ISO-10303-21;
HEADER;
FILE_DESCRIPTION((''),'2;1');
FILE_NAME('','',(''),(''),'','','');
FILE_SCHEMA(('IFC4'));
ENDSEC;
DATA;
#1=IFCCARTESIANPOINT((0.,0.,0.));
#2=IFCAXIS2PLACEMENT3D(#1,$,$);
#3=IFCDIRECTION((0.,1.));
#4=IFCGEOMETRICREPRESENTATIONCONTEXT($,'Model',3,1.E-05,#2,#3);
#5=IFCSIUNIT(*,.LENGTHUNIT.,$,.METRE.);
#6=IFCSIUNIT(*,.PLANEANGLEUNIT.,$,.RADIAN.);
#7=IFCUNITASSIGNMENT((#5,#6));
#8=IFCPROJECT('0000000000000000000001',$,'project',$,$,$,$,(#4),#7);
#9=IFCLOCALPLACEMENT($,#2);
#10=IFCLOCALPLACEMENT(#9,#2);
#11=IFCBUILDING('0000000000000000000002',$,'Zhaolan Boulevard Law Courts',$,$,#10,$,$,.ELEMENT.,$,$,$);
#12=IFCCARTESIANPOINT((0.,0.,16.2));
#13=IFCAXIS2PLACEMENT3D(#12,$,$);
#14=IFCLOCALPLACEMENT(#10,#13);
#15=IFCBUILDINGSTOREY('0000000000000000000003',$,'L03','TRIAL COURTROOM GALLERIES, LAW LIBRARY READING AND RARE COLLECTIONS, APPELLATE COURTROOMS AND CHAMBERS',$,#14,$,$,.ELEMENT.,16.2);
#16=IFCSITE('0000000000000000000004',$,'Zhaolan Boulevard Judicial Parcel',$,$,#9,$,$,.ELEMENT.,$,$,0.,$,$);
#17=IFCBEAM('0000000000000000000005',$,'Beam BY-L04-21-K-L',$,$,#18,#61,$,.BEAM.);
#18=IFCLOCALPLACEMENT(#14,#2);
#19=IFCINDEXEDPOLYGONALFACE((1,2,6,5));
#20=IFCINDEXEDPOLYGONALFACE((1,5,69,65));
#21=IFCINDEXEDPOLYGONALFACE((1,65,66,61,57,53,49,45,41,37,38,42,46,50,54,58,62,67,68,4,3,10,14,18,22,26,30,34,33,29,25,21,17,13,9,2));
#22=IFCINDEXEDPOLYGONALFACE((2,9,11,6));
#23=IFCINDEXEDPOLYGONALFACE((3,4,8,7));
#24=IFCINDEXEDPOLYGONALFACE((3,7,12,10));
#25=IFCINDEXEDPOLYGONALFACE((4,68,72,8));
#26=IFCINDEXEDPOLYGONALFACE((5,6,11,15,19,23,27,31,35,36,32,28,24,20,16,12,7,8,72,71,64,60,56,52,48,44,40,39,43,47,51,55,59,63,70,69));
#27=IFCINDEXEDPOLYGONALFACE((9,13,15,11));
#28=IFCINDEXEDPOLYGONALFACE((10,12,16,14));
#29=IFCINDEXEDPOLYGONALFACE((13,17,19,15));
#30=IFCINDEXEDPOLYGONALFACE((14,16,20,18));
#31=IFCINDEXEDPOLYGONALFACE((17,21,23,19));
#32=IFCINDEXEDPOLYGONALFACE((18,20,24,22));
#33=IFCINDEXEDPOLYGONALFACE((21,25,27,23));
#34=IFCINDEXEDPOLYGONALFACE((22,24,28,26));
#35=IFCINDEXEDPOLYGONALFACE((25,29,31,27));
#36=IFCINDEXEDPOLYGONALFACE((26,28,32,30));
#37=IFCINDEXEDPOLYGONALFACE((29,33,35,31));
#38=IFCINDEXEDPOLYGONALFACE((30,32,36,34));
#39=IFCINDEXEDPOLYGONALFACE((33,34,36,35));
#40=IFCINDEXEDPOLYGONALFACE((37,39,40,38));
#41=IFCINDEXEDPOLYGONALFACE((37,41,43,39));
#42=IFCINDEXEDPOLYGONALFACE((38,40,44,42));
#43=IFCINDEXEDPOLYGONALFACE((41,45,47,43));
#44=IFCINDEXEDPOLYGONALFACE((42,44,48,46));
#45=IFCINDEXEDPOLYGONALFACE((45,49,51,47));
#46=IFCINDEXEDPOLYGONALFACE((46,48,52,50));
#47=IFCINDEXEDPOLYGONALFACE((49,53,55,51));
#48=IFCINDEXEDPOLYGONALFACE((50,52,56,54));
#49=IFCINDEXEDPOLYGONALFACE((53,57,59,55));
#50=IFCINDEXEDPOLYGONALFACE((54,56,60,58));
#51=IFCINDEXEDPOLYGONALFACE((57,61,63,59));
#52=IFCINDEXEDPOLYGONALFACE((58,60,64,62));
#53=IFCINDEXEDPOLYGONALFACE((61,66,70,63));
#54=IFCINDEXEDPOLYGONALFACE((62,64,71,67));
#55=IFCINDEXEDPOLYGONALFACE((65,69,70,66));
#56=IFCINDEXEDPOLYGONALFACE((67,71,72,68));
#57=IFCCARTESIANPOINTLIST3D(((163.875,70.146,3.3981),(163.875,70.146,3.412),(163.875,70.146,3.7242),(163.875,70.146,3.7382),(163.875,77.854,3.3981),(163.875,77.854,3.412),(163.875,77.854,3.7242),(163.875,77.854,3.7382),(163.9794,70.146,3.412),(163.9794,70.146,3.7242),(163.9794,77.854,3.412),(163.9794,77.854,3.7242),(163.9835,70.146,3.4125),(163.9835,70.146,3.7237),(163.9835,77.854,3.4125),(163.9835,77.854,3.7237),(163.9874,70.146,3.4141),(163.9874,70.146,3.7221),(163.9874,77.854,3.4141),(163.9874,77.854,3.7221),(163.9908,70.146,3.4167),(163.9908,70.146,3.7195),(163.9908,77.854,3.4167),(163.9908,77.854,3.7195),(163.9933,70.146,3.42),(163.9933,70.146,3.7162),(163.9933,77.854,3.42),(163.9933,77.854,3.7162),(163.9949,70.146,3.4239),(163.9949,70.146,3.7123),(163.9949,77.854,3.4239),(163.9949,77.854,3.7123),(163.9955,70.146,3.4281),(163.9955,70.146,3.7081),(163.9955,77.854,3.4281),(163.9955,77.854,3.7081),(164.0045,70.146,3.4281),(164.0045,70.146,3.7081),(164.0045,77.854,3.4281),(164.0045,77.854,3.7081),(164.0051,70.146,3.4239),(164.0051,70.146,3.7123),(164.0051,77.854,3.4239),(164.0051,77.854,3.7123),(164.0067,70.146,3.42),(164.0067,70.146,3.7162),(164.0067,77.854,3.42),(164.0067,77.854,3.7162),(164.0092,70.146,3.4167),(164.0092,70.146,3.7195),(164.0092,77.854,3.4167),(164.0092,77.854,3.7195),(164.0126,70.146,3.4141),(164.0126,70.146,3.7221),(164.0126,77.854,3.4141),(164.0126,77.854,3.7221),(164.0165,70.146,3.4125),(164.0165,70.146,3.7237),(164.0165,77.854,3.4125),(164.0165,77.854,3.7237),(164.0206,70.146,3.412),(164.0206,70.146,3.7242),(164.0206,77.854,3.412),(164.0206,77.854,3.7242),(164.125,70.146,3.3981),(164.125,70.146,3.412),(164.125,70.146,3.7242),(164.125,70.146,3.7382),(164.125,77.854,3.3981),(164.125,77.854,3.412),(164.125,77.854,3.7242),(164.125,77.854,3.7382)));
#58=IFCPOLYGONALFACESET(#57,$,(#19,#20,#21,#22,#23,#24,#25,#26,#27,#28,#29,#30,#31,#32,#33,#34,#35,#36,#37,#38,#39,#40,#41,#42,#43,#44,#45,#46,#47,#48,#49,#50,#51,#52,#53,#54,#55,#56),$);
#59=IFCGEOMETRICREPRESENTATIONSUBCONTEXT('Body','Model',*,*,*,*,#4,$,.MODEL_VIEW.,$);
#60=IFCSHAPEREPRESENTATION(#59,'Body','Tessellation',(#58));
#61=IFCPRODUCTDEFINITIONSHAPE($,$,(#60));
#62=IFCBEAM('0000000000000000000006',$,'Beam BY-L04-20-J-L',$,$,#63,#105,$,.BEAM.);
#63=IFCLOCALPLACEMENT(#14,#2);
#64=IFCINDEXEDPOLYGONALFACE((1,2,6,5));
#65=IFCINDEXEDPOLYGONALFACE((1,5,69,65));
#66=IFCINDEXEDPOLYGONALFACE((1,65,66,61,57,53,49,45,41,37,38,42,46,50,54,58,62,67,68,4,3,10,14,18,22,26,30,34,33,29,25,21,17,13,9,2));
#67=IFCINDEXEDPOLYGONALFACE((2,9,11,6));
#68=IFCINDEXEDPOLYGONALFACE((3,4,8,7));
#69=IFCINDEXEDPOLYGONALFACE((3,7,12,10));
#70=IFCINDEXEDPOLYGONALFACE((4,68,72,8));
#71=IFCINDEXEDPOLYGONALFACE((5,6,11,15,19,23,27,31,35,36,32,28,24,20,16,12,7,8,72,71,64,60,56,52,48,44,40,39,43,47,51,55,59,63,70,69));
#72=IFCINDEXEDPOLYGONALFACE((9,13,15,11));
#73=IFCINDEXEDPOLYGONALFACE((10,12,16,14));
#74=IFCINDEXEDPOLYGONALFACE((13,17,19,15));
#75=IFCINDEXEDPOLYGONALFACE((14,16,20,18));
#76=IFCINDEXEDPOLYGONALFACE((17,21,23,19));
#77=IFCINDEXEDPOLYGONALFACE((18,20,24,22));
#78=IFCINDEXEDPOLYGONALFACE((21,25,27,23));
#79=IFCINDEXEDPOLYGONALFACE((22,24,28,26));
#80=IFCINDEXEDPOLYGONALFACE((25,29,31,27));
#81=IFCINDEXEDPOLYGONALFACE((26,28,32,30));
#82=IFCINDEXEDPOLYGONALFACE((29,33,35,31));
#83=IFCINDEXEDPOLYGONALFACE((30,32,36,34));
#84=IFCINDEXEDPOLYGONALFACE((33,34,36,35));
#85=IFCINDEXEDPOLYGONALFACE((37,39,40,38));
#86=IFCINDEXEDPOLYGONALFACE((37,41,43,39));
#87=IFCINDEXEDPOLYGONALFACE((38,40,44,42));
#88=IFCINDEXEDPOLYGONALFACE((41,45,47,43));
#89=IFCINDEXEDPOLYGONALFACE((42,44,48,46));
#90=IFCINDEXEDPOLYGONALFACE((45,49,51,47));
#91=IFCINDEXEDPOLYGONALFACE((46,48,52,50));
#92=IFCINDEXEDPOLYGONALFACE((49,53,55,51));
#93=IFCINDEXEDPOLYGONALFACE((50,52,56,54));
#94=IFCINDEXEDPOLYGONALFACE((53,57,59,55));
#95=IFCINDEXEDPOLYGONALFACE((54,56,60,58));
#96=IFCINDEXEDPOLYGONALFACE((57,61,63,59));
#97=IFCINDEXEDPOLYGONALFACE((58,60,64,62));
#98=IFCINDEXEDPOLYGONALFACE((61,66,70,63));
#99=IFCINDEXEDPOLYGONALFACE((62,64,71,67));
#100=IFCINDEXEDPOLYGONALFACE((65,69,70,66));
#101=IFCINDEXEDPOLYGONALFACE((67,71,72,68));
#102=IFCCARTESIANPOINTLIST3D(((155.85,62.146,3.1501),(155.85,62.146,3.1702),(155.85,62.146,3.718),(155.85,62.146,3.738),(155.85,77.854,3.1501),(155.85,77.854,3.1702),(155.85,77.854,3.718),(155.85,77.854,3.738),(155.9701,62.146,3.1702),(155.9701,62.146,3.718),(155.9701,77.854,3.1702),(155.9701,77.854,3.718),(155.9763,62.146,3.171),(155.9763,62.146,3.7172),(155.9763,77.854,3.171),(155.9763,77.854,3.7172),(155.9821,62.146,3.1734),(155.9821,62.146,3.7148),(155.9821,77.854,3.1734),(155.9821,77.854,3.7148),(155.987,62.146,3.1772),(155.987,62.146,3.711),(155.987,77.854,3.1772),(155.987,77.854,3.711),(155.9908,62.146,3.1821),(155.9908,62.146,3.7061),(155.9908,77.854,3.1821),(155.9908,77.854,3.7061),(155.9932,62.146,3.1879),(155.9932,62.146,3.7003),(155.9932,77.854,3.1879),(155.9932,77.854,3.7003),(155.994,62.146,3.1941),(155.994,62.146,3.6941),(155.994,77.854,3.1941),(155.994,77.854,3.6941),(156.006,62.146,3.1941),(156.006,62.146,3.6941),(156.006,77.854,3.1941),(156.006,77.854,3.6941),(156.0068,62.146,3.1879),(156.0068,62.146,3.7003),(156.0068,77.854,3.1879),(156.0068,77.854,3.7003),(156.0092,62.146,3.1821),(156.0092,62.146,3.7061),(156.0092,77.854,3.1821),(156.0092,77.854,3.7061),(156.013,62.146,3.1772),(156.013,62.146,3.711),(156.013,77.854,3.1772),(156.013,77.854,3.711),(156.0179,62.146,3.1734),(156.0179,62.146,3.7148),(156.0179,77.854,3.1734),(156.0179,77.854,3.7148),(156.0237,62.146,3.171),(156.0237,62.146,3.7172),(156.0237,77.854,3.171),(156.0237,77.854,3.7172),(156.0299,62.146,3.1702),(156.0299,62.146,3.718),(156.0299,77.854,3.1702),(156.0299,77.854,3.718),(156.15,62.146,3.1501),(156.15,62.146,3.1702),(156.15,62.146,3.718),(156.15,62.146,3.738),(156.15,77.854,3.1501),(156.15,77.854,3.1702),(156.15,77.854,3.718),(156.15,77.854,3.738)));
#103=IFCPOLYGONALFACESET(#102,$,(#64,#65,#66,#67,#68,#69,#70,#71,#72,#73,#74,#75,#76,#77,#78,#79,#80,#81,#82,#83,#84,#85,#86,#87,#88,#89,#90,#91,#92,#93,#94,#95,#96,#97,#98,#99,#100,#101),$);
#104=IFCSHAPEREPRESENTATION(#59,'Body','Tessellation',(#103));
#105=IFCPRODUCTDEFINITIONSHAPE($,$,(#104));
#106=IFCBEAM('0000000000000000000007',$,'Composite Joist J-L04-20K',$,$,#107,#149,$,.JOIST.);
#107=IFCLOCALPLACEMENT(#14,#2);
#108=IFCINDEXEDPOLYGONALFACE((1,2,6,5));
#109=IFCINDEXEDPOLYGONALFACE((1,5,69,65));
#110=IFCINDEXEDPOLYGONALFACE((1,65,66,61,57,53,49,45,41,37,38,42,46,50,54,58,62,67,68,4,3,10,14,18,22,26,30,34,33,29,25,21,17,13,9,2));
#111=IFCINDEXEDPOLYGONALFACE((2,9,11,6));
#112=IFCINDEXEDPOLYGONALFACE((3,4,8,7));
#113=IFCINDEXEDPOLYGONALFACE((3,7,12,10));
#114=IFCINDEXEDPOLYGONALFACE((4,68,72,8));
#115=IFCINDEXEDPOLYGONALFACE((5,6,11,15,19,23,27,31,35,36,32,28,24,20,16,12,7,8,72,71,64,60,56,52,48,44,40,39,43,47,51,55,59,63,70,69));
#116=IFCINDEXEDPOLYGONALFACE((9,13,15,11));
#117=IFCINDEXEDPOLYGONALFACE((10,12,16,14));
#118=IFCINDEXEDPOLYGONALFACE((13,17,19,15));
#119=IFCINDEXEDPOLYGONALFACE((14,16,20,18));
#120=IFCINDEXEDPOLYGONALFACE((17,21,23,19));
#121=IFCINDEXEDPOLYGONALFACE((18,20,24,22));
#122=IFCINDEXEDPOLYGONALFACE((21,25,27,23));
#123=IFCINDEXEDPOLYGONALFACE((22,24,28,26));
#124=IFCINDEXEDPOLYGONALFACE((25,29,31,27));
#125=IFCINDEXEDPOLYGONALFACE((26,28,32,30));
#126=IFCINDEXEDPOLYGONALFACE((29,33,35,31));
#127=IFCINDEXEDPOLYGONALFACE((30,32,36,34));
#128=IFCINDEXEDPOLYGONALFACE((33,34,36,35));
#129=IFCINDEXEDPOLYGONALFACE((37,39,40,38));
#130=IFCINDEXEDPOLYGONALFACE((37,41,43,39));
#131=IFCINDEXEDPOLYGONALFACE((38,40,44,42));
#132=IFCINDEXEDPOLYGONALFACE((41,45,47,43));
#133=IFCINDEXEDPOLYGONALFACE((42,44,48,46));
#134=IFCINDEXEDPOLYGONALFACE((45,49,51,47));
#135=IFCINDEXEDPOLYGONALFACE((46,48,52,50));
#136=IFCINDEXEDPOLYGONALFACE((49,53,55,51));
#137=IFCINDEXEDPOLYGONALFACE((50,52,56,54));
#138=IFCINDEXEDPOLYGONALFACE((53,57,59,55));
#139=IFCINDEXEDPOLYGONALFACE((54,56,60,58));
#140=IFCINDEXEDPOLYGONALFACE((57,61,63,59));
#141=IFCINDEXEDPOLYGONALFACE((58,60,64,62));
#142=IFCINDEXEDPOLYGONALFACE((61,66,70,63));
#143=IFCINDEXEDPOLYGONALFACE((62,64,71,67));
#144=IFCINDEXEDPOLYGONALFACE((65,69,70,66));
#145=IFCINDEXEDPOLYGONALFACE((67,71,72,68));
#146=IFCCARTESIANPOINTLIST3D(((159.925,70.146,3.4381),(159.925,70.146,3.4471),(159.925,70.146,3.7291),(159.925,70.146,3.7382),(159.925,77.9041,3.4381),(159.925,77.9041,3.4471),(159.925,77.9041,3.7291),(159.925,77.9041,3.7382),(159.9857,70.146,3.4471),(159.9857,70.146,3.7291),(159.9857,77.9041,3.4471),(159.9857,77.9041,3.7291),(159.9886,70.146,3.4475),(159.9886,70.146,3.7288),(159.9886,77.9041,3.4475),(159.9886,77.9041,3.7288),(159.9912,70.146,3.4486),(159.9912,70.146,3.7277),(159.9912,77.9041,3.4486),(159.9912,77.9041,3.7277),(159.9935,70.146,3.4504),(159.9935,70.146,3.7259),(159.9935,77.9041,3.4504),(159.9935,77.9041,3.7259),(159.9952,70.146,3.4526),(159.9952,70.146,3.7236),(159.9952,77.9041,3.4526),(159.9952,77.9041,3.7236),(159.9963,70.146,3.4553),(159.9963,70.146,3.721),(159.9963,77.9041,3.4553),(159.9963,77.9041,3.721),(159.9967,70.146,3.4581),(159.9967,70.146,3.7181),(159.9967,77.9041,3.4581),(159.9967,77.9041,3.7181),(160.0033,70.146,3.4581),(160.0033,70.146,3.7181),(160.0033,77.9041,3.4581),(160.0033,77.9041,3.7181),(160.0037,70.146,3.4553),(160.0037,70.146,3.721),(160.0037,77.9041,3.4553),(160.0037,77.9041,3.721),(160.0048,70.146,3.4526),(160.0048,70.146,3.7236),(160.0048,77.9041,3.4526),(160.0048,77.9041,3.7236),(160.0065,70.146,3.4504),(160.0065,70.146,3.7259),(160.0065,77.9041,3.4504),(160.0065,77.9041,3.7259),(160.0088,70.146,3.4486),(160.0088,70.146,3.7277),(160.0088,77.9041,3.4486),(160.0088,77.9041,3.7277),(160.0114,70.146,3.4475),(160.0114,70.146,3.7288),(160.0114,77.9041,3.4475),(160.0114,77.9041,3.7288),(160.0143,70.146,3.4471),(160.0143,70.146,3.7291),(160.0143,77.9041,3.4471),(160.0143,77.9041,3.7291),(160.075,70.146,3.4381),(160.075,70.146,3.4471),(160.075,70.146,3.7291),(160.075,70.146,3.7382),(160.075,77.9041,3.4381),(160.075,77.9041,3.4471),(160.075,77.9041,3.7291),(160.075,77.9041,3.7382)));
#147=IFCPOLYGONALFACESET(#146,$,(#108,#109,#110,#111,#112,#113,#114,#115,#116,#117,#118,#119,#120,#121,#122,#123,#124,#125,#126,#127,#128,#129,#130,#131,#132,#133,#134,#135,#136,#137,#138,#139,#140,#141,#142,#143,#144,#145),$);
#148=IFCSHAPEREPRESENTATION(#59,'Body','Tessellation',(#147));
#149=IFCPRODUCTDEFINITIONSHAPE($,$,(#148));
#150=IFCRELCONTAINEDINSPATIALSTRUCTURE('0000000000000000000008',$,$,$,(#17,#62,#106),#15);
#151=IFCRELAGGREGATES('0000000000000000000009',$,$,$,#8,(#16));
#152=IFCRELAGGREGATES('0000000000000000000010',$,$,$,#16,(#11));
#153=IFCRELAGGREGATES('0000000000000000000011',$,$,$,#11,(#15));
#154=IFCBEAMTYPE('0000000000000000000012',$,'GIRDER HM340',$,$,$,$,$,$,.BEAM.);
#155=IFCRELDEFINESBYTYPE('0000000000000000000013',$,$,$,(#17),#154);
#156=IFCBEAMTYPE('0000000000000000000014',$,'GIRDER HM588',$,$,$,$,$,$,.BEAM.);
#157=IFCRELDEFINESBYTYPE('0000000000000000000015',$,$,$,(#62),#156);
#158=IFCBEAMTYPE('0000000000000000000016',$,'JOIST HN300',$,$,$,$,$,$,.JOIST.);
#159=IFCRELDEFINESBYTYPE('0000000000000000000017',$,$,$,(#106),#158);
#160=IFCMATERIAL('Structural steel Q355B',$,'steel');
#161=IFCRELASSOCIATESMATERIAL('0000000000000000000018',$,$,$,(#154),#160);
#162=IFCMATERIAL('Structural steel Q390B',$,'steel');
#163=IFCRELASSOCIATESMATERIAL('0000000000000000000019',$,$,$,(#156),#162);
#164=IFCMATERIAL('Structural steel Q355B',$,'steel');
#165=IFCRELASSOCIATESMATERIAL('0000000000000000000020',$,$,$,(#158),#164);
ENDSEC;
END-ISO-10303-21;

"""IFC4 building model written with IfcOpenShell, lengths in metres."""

from ifc_helpers import new_model, si_unit, direction, frame, origin, origin_2d, place, context, subcontext, project, spatial, i_section, extrude, material, material_profile, profile_set, type_object, element, save


model = new_model("IFC4")

# Units and contexts
model_context = context("Model", 3, precision=1e-05, world=origin(), true_north=direction((0.0, 1.0)))
body_context = subcontext(model_context, "Body", "Model", "MODEL_VIEW")
ifc_project = project(units=[si_unit("LENGTHUNIT", "METRE"), si_unit("PLANEANGLEUNIT", "RADIAN")], contexts=[model_context])

# Site, building, storey
site_placement = place(None, origin())
site = spatial("IfcSite", under=ifc_project, at=site_placement, Name="Zhaolan Boulevard Judicial Parcel", CompositionType="ELEMENT", RefElevation=0.0)
building_placement = place(site_placement, origin())
building = spatial("IfcBuilding", under=site, at=building_placement, Name="Zhaolan Boulevard Law Courts", CompositionType="ELEMENT")
storey_placement = place(building_placement, frame((0.0, 0.0, 16.2)))
storey = spatial("IfcBuildingStorey", under=building, at=storey_placement, Name="L03", Description="TRIAL COURTROOM GALLERIES, LAW LIBRARY READING AND RARE COLLECTIONS, APPELLATE COURTROOMS AND CHAMBERS", CompositionType="ELEMENT", Elevation=16.2)

# Beams
ifc_material_1 = material(Name="Structural steel Q355B", Category="steel")
ifc_material_profile_1 = material_profile(ifc_material_1, i_section(OverallWidth=0.25, OverallDepth=0.3401, WebThickness=0.009, FlangeThickness=0.0139, FilletRadius=0.0161, at=origin_2d()), Name="HM340x250")
ifc_profile_set_1 = profile_set([ifc_material_profile_1], Name="Structural steel Q355B")
beam_type_1 = type_object("IfcBeamType", Name="GIRDER HM340", PredefinedType="BEAM", material=ifc_profile_set_1)
for number, where, z_axis, x_axis, name in (
    (1, (164.0, 70.146, 3.5681), (0.0, 1.0, 0.0), (-1.0, 0.0, 0.0), "Beam BY-L04-21-K-L"),
):
    element("IfcBeam", number, at=place(storey_placement, frame(where, z_axis=z_axis, x_axis=x_axis)), inside=storey, type_object=beam_type_1, Name=name, PredefinedType="BEAM", context=body_context, shape_type="SweptSolid", body=[
        extrude(i_section(OverallWidth=0.25, OverallDepth=0.3401, WebThickness=0.009, FlangeThickness=0.0139, FilletRadius=0.0161, at=origin_2d()), origin(), (0.0, 0.0, 1.0), 7.708),
    ])
ifc_material_2 = material(Name="Structural steel Q390B", Category="steel")
ifc_material_profile_2 = material_profile(ifc_material_2, i_section(OverallWidth=0.3, OverallDepth=0.5879, WebThickness=0.012, FlangeThickness=0.02, FilletRadius=0.0239, at=origin_2d()), Name="HM588x300")
ifc_profile_set_2 = profile_set([ifc_material_profile_2], Name="Structural steel Q390B")
beam_type_2 = type_object("IfcBeamType", Name="GIRDER HM588", PredefinedType="BEAM", material=ifc_profile_set_2)
beam_1_placement = place(storey_placement, frame((156.0, 62.146, 3.4441), z_axis=(0.0, 1.0, 0.0), x_axis=(-1.0, 0.0, 0.0)))
element("IfcBeam", 2, at=beam_1_placement, inside=storey, type_object=beam_type_2, Name="Beam BY-L04-20-J-L", PredefinedType="BEAM", context=body_context, shape_type="SweptSolid", body=[
    extrude(i_section(OverallWidth=0.3, OverallDepth=0.5879, WebThickness=0.012, FlangeThickness=0.02, FilletRadius=0.0239, at=origin_2d()), origin(), (0.0, 0.0, 1.0), 15.708),
])
ifc_material_3 = material(Name="Structural steel Q355B", Category="steel")
ifc_material_profile_3 = material_profile(ifc_material_3, i_section(OverallWidth=0.1499, OverallDepth=0.3, WebThickness=0.0066, FlangeThickness=0.009, FilletRadius=0.011, at=origin_2d()), Name="HN300x150")
ifc_profile_set_3 = profile_set([ifc_material_profile_3], Name="Structural steel Q355B")
beam_type_3 = type_object("IfcBeamType", Name="JOIST HN300", PredefinedType="JOIST", material=ifc_profile_set_3)
beam_2_placement = place(storey_placement, frame((160.0, 70.146, 3.5881), z_axis=(0.0, 1.0, 0.0), x_axis=(-1.0, 0.0, 0.0)))
element("IfcBeam", 3, at=beam_2_placement, inside=storey, type_object=beam_type_3, Name="Composite Joist J-L04-20K", PredefinedType="JOIST", context=body_context, shape_type="SweptSolid", body=[
    extrude(i_section(OverallWidth=0.1499, OverallDepth=0.3, WebThickness=0.0066, FlangeThickness=0.009, FilletRadius=0.011, at=origin_2d()), origin(), (0.0, 0.0, 1.0), 7.7581),
])

save(model, "model.ifc")
